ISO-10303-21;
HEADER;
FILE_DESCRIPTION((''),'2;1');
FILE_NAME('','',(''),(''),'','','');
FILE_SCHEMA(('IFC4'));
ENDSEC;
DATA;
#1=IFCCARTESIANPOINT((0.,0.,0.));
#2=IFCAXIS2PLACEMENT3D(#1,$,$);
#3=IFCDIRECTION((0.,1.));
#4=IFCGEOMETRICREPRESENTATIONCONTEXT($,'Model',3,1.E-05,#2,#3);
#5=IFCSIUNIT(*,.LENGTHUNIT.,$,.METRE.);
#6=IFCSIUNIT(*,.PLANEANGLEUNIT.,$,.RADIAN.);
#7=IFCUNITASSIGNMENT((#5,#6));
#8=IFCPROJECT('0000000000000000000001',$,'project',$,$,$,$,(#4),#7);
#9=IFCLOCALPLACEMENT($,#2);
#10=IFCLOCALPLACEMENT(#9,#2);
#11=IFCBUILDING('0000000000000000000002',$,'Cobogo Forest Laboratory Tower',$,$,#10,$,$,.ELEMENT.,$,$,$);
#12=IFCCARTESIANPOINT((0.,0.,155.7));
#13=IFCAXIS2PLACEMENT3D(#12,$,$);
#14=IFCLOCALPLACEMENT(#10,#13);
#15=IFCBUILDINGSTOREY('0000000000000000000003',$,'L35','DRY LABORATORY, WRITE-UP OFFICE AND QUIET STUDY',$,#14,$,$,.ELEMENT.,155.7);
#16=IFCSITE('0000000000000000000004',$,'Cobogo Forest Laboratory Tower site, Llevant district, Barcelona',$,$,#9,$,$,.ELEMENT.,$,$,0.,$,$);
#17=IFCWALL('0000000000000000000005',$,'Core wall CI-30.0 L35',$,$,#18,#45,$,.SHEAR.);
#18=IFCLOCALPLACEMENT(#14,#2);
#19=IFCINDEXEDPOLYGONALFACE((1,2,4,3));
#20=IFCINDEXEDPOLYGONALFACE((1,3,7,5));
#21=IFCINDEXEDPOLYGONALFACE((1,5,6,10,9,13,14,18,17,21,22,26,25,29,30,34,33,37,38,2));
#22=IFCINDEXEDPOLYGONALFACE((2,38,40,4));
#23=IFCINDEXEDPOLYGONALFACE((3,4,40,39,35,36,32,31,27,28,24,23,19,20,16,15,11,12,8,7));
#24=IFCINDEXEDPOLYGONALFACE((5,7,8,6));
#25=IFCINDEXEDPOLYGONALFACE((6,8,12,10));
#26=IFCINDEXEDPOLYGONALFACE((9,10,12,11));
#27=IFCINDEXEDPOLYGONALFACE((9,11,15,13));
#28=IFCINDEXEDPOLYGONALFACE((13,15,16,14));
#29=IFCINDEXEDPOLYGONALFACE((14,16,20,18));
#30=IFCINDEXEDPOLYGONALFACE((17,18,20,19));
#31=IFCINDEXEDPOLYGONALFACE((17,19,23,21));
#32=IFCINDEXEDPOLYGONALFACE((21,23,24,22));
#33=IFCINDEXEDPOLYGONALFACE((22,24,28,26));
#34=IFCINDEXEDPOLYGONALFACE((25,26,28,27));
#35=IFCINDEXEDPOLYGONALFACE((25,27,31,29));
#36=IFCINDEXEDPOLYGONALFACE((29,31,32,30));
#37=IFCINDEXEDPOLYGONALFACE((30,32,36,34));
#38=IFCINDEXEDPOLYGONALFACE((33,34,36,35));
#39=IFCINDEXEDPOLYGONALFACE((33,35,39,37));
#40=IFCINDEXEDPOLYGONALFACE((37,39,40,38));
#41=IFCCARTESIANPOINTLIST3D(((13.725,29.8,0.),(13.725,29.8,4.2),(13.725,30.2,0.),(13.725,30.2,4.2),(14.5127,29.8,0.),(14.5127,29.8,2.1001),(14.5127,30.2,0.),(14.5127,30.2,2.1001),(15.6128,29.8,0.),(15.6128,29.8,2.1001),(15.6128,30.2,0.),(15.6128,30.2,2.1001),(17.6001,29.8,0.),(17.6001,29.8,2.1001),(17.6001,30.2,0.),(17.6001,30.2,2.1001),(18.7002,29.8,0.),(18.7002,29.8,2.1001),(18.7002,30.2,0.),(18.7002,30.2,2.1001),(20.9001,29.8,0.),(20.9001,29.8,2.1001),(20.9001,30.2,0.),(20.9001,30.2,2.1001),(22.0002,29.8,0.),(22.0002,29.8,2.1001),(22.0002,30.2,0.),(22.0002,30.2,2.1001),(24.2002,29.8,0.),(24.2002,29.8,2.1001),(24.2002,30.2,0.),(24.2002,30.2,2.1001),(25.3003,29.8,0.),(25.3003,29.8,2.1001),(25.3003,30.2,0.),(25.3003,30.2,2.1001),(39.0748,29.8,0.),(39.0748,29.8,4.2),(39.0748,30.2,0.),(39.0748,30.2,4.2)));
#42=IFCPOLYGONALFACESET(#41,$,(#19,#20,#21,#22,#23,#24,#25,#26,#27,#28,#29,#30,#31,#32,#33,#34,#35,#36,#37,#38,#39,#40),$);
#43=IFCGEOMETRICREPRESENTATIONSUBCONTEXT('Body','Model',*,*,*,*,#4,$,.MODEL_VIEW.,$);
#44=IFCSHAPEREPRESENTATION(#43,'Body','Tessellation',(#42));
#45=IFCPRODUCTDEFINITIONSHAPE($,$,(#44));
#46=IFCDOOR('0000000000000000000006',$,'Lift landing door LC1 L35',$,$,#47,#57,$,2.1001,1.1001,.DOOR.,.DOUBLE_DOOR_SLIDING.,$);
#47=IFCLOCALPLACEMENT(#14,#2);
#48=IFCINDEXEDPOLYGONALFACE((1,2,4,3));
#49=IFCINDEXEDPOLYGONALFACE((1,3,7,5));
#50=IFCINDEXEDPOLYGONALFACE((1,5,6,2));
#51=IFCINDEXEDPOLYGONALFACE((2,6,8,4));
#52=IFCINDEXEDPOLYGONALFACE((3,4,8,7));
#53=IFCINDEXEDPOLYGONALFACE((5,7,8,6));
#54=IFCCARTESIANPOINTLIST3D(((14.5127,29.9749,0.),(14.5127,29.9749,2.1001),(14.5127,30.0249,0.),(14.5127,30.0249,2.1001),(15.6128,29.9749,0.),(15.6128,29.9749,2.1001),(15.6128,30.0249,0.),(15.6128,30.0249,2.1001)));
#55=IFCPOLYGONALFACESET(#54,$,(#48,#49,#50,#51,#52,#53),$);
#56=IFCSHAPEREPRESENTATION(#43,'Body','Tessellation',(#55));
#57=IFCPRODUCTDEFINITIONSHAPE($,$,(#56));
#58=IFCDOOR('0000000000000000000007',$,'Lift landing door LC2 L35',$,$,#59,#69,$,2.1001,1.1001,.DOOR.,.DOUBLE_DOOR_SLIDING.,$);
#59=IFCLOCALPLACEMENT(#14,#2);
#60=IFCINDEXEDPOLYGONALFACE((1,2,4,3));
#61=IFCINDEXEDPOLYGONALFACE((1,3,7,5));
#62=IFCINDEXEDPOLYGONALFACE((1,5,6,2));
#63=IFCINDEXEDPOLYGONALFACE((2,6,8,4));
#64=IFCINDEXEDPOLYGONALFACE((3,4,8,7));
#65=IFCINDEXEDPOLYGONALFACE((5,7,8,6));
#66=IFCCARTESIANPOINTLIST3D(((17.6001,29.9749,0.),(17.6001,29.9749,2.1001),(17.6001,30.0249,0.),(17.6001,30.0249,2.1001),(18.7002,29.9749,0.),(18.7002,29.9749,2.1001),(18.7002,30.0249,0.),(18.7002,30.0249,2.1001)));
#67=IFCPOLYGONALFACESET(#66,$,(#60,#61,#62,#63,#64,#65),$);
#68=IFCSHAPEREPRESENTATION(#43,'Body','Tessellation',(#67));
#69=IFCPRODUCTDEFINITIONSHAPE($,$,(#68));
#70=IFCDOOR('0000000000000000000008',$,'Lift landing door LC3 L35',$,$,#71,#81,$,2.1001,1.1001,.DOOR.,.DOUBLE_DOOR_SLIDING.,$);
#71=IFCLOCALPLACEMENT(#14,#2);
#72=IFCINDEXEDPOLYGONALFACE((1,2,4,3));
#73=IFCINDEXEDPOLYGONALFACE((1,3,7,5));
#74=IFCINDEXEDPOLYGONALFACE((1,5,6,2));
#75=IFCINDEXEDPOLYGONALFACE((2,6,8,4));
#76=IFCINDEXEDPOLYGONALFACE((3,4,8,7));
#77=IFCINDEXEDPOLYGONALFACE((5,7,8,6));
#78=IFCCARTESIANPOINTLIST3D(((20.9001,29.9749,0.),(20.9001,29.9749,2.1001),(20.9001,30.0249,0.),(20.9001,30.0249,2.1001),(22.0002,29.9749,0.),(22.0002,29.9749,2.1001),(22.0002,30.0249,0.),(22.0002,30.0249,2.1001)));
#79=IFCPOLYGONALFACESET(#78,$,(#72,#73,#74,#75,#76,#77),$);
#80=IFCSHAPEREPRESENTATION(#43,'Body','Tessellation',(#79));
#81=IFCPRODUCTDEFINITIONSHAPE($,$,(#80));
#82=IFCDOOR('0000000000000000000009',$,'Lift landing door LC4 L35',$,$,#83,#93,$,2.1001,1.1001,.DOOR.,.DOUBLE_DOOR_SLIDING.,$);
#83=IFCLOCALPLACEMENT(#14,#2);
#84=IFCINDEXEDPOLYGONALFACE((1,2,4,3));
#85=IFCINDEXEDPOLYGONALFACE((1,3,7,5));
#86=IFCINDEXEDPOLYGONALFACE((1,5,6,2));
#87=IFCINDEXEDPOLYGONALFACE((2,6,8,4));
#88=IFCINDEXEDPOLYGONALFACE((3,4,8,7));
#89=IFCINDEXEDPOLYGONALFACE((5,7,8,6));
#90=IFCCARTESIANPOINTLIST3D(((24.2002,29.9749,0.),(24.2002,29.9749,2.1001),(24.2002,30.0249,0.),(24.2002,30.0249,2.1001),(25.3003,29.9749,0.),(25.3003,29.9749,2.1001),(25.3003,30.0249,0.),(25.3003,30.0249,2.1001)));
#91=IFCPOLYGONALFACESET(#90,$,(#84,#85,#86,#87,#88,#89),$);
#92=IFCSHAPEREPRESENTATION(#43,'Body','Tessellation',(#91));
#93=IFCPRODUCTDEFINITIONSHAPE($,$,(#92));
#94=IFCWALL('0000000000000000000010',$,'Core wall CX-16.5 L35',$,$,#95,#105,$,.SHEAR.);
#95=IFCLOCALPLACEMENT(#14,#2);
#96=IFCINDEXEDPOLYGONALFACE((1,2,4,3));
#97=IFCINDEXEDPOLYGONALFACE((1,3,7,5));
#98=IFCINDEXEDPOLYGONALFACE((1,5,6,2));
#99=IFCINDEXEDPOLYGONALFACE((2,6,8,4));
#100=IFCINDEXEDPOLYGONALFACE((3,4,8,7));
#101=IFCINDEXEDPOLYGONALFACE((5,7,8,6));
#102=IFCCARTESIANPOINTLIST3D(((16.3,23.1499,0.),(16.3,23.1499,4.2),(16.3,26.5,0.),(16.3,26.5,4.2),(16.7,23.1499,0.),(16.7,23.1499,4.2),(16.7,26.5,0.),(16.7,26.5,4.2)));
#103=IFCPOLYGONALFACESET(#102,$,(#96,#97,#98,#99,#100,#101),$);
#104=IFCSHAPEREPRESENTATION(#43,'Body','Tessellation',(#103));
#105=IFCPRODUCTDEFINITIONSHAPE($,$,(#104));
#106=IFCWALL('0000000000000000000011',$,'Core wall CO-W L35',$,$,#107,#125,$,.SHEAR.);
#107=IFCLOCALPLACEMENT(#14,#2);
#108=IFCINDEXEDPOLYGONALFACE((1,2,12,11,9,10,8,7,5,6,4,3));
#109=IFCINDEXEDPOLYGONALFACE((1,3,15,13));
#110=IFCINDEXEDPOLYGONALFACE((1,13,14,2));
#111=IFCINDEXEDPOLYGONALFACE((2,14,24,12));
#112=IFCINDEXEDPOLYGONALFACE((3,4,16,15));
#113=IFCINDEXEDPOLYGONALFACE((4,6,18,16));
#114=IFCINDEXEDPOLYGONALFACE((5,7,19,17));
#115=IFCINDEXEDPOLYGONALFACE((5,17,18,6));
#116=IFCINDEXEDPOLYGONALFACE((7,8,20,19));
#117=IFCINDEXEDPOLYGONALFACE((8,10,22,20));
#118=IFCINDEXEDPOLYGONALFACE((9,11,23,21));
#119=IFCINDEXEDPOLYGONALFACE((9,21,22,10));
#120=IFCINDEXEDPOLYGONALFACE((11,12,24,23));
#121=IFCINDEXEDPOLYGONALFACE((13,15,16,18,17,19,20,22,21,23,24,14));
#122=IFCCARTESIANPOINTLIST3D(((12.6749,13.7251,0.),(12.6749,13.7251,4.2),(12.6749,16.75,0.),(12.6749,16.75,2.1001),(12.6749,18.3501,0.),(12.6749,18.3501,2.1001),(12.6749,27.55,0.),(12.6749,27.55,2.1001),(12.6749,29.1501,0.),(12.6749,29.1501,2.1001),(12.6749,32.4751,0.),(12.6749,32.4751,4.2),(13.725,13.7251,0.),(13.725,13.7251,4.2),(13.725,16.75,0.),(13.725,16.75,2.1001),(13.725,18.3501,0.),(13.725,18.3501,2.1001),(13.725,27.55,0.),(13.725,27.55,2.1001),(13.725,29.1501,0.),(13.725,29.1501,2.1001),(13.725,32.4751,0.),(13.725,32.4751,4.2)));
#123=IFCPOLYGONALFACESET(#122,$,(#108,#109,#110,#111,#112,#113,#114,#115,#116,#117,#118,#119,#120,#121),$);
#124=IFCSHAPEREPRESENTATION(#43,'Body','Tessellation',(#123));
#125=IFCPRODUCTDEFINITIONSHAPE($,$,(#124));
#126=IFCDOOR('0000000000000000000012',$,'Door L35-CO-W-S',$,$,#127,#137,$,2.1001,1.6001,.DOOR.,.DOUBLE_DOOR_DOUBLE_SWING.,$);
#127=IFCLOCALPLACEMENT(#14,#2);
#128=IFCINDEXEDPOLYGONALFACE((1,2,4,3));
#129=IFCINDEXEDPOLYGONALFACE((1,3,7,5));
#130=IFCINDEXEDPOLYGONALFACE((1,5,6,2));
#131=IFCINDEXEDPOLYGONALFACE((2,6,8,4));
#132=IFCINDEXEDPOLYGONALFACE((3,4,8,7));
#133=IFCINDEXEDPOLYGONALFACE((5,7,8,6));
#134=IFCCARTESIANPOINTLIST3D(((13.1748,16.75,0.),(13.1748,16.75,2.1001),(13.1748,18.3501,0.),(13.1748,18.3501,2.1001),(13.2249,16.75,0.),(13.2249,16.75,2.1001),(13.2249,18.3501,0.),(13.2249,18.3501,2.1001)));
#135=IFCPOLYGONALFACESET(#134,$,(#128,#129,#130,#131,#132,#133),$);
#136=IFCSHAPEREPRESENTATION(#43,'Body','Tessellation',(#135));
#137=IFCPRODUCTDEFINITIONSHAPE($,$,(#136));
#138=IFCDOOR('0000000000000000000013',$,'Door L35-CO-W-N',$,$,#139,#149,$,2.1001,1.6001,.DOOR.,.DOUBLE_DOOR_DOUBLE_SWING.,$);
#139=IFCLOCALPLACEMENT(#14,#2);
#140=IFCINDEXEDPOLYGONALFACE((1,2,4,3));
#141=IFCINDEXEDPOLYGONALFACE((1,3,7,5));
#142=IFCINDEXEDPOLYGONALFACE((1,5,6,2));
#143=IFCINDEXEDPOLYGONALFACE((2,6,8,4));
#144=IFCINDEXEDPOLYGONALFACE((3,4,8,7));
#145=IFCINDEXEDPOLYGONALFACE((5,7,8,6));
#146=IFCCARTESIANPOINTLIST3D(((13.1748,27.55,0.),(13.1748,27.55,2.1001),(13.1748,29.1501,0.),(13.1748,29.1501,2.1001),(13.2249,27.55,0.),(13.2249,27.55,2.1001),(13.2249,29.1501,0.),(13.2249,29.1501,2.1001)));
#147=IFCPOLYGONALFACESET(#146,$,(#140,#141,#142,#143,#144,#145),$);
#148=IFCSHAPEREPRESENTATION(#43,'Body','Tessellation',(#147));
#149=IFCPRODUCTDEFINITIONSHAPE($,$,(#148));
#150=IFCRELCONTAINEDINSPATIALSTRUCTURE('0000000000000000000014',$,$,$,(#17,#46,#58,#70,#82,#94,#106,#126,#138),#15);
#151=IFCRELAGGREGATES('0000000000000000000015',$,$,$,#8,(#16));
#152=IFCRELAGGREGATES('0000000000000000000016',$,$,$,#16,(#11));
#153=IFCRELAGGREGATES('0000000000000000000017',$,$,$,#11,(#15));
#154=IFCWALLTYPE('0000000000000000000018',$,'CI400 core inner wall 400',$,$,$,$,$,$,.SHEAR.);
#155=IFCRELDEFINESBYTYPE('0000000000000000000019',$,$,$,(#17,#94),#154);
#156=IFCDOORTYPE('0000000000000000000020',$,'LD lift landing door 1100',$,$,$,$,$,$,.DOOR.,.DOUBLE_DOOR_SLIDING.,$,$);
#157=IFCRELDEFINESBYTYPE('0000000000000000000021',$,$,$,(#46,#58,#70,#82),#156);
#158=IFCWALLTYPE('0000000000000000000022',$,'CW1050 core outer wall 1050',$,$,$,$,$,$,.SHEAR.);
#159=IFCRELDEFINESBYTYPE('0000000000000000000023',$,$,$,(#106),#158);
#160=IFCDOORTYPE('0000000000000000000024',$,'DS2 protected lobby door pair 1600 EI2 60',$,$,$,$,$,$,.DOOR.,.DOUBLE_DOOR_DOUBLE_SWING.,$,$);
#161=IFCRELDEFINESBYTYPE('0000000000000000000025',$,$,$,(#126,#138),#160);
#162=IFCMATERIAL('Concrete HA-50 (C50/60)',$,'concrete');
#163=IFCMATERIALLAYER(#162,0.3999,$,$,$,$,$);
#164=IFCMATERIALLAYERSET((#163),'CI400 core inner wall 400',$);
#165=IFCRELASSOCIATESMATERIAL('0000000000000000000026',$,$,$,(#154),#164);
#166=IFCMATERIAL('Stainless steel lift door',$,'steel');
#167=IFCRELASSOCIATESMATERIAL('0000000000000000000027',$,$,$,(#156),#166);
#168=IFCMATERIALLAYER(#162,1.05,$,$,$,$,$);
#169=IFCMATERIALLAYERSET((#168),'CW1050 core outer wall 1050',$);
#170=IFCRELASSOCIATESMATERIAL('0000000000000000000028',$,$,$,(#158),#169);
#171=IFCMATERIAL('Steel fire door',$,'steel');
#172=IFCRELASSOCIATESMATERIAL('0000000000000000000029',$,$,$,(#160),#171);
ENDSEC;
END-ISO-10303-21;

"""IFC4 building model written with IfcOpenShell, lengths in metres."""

from ifc_helpers import new_model, si_unit, direction, frame, frame_2d, origin, place, context, subcontext, project, spatial, rectangle, extrude, material, layer, layer_set, type_object, element, fill, save


model = new_model("IFC4")

# Units and contexts
model_context = context("Model", 3, precision=1e-05, world=origin(), true_north=direction((0.0, 1.0)))
body_context = subcontext(model_context, "Body", "Model", "MODEL_VIEW")
ifc_project = project(units=[si_unit("LENGTHUNIT", "METRE"), si_unit("PLANEANGLEUNIT", "RADIAN")], contexts=[model_context])

# Site, building, storey
site_placement = place(None, origin())
site = spatial("IfcSite", under=ifc_project, at=site_placement, Name="Cobogo Forest Laboratory Tower site, Llevant district, Barcelona", CompositionType="ELEMENT", RefElevation=0.0)
building_placement = place(site_placement, origin())
building = spatial("IfcBuilding", under=site, at=building_placement, Name="Cobogo Forest Laboratory Tower", CompositionType="ELEMENT")
storey_placement = place(building_placement, frame((0.0, 0.0, 155.7)))
storey = spatial("IfcBuildingStorey", under=building, at=storey_placement, Name="L35", Description="DRY LABORATORY, WRITE-UP OFFICE AND QUIET STUDY", CompositionType="ELEMENT", Elevation=155.7)

# Shared definitions
ifc_material_1 = material(Name="Concrete HA-50 (C50/60)", Category="concrete")
ifc_layer_1 = layer(ifc_material_1, 0.3999)
ifc_layer_set_1 = layer_set([ifc_layer_1], Name="CI400 core inner wall 400")
wall_type_1 = type_object("IfcWallType", Name="CI400 core inner wall 400", PredefinedType="SHEAR", material=ifc_layer_set_1)

# Wall, openings, doors
ifc_material_2 = material(Name="Steel fire door", Category="steel")
ifc_material_3 = material(Name="Stainless steel lift door", Category="steel")
door_type_1 = type_object("IfcDoorType", Name="LD lift landing door 1100", OperationType="DOUBLE_DOOR_SLIDING", PredefinedType="DOOR", material=ifc_material_3)
wall_1_placement = place(storey_placement, frame((13.7251, 30.0, 0.0), z_axis=(0.0, 0.0, 1.0), x_axis=(1.0, 0.0, 0.0)))
wall_1 = element("IfcWall", 1, at=wall_1_placement, inside=storey, type_object=wall_type_1, Name="Core wall CI-30.0 L35", PredefinedType="SHEAR", context=body_context, shape_type="SweptSolid", body=[
    extrude(rectangle(XDim=25.3499, YDim=0.3999, at=frame_2d((12.6748, 0.0))), origin(), (0.0, 0.0, 1.0), 4.2),
])
opening_1_placement = place(wall_1_placement, frame((0.7876, 0.0, 0.0)))
opening_1 = element("IfcOpeningElement", 2, at=opening_1_placement, cuts=wall_1, PredefinedType="OPENING", context=body_context, shape_type="SweptSolid", body=[
    extrude(rectangle(XDim=1.1001, YDim=2.1001, at=frame_2d((0.55, 1.05))), frame((0.0, 0.21, 0.0), z_axis=(0.0, -1.0, 0.0), x_axis=(1.0, 0.0, 0.0)), (0.0, 0.0, 1.0), 0.4199),
])
opening_2_placement = place(wall_1_placement, frame((3.875, 0.0, 0.0)))
opening_2 = element("IfcOpeningElement", 3, at=opening_2_placement, cuts=wall_1, PredefinedType="OPENING", context=body_context, shape_type="SweptSolid", body=[
    extrude(rectangle(XDim=1.1001, YDim=2.1001, at=frame_2d((0.55, 1.05))), frame((0.0, 0.21, 0.0), z_axis=(0.0, -1.0, 0.0), x_axis=(1.0, 0.0, 0.0)), (0.0, 0.0, 1.0), 0.4199),
])
opening_3_placement = place(wall_1_placement, frame((7.175, 0.0, 0.0)))
opening_3 = element("IfcOpeningElement", 4, at=opening_3_placement, cuts=wall_1, PredefinedType="OPENING", context=body_context, shape_type="SweptSolid", body=[
    extrude(rectangle(XDim=1.1001, YDim=2.1001, at=frame_2d((0.55, 1.05))), frame((0.0, 0.21, 0.0), z_axis=(0.0, -1.0, 0.0), x_axis=(1.0, 0.0, 0.0)), (0.0, 0.0, 1.0), 0.4199),
])
opening_4_placement = place(wall_1_placement, frame((10.4751, 0.0, 0.0)))
opening_4 = element("IfcOpeningElement", 5, at=opening_4_placement, cuts=wall_1, PredefinedType="OPENING", context=body_context, shape_type="SweptSolid", body=[
    extrude(rectangle(XDim=1.1001, YDim=2.1001, at=frame_2d((0.55, 1.05))), frame((0.0, 0.21, 0.0), z_axis=(0.0, -1.0, 0.0), x_axis=(1.0, 0.0, 0.0)), (0.0, 0.0, 1.0), 0.4199),
])
door_1_placement = place(opening_1_placement, origin())
door_1 = element("IfcDoor", 6, at=door_1_placement, inside=storey, type_object=door_type_1, Name="Lift landing door LC1 L35", OperationType="DOUBLE_DOOR_SLIDING", OverallHeight=2.1001, OverallWidth=1.1001, PredefinedType="DOOR", context=body_context, shape_type="SweptSolid", body=[
    extrude(rectangle(XDim=1.1001, YDim=2.1001, at=frame_2d((0.55, 1.05))), frame((0.0, 0.0249, 0.0), z_axis=(0.0, -1.0, 0.0), x_axis=(1.0, 0.0, 0.0)), (0.0, 0.0, 1.0), 0.05),
])
fill(opening_1, door_1)
door_2_placement = place(opening_2_placement, origin())
door_2 = element("IfcDoor", 7, at=door_2_placement, inside=storey, type_object=door_type_1, Name="Lift landing door LC2 L35", OperationType="DOUBLE_DOOR_SLIDING", OverallHeight=2.1001, OverallWidth=1.1001, PredefinedType="DOOR", context=body_context, shape_type="SweptSolid", body=[
    extrude(rectangle(XDim=1.1001, YDim=2.1001, at=frame_2d((0.55, 1.05))), frame((0.0, 0.0249, 0.0), z_axis=(0.0, -1.0, 0.0), x_axis=(1.0, 0.0, 0.0)), (0.0, 0.0, 1.0), 0.05),
])
fill(opening_2, door_2)
door_3_placement = place(opening_3_placement, origin())
door_3 = element("IfcDoor", 8, at=door_3_placement, inside=storey, type_object=door_type_1, Name="Lift landing door LC3 L35", OperationType="DOUBLE_DOOR_SLIDING", OverallHeight=2.1001, OverallWidth=1.1001, PredefinedType="DOOR", context=body_context, shape_type="SweptSolid", body=[
    extrude(rectangle(XDim=1.1001, YDim=2.1001, at=frame_2d((0.55, 1.05))), frame((0.0, 0.0249, 0.0), z_axis=(0.0, -1.0, 0.0), x_axis=(1.0, 0.0, 0.0)), (0.0, 0.0, 1.0), 0.05),
])
fill(opening_3, door_3)
door_4_placement = place(opening_4_placement, origin())
door_4 = element("IfcDoor", 9, at=door_4_placement, inside=storey, type_object=door_type_1, Name="Lift landing door LC4 L35", OperationType="DOUBLE_DOOR_SLIDING", OverallHeight=2.1001, OverallWidth=1.1001, PredefinedType="DOOR", context=body_context, shape_type="SweptSolid", body=[
    extrude(rectangle(XDim=1.1001, YDim=2.1001, at=frame_2d((0.55, 1.05))), frame((0.0, 0.0249, 0.0), z_axis=(0.0, -1.0, 0.0), x_axis=(1.0, 0.0, 0.0)), (0.0, 0.0, 1.0), 0.05),
])
fill(opening_4, door_4)

# Wall
wall_2_placement = place(storey_placement, frame((16.5, 23.1499, 0.0), z_axis=(0.0, 0.0, 1.0), x_axis=(0.0, 1.0, 0.0)))
element("IfcWall", 10, at=wall_2_placement, inside=storey, type_object=wall_type_1, Name="Core wall CX-16.5 L35", PredefinedType="SHEAR", context=body_context, shape_type="SweptSolid", body=[
    extrude(rectangle(XDim=3.3501, YDim=0.3999, at=frame_2d((1.675, 0.0))), origin(), (0.0, 0.0, 1.0), 4.2),
])

# Wall, openings, doors
ifc_layer_2 = layer(ifc_material_1, 1.05)
ifc_layer_set_2 = layer_set([ifc_layer_2], Name="CW1050 core outer wall 1050")
wall_type_2 = type_object("IfcWallType", Name="CW1050 core outer wall 1050", PredefinedType="SHEAR", material=ifc_layer_set_2)
wall_3_placement = place(storey_placement, frame((13.2, 32.4751, 0.0), z_axis=(0.0, 0.0, 1.0), x_axis=(0.0, -1.0, 0.0)))
wall_3 = element("IfcWall", 11, at=wall_3_placement, inside=storey, type_object=wall_type_2, Name="Core wall CO-W L35", PredefinedType="SHEAR", context=body_context, shape_type="SweptSolid", body=[
    extrude(rectangle(XDim=18.75, YDim=1.05, at=frame_2d((9.375, 0.0))), origin(), (0.0, 0.0, 1.0), 4.2),
])
opening_5_placement = place(wall_3_placement, frame((14.125, 0.0, 0.0)))
opening_5 = element("IfcOpeningElement", 12, at=opening_5_placement, cuts=wall_3, PredefinedType="OPENING", context=body_context, shape_type="SweptSolid", body=[
    extrude(rectangle(XDim=1.6001, YDim=2.1001, at=frame_2d((0.8, 1.05))), frame((0.0, 0.5349, 0.0), z_axis=(0.0, -1.0, 0.0), x_axis=(1.0, 0.0, 0.0)), (0.0, 0.0, 1.0), 1.0701),
])
opening_6_placement = place(wall_3_placement, frame((3.325, 0.0, 0.0)))
opening_6 = element("IfcOpeningElement", 13, at=opening_6_placement, cuts=wall_3, PredefinedType="OPENING", context=body_context, shape_type="SweptSolid", body=[
    extrude(rectangle(XDim=1.6001, YDim=2.1001, at=frame_2d((0.8, 1.05))), frame((0.0, 0.5349, 0.0), z_axis=(0.0, -1.0, 0.0), x_axis=(1.0, 0.0, 0.0)), (0.0, 0.0, 1.0), 1.0701),
])
door_type_2 = type_object("IfcDoorType", Name="DS2 protected lobby door pair 1600 EI2 60", OperationType="DOUBLE_DOOR_DOUBLE_SWING", PredefinedType="DOOR", material=ifc_material_2)
door_5_placement = place(opening_5_placement, origin())
door_5 = element("IfcDoor", 14, at=door_5_placement, inside=storey, type_object=door_type_2, Name="Door L35-CO-W-S", OperationType="DOUBLE_DOOR_DOUBLE_SWING", OverallHeight=2.1001, OverallWidth=1.6001, PredefinedType="DOOR", context=body_context, shape_type="SweptSolid", body=[
    extrude(rectangle(XDim=1.6001, YDim=2.1001, at=frame_2d((0.8, 1.05))), frame((0.0, 0.0249, 0.0), z_axis=(0.0, -1.0, 0.0), x_axis=(1.0, 0.0, 0.0)), (0.0, 0.0, 1.0), 0.05),
])
fill(opening_5, door_5)
door_6_placement = place(opening_6_placement, origin())
door_6 = element("IfcDoor", 15, at=door_6_placement, inside=storey, type_object=door_type_2, Name="Door L35-CO-W-N", OperationType="DOUBLE_DOOR_DOUBLE_SWING", OverallHeight=2.1001, OverallWidth=1.6001, PredefinedType="DOOR", context=body_context, shape_type="SweptSolid", body=[
    extrude(rectangle(XDim=1.6001, YDim=2.1001, at=frame_2d((0.8, 1.05))), frame((0.0, 0.0249, 0.0), z_axis=(0.0, -1.0, 0.0), x_axis=(1.0, 0.0, 0.0)), (0.0, 0.0, 1.0), 0.05),
])
fill(opening_6, door_6)

save(model, "model.ifc")
